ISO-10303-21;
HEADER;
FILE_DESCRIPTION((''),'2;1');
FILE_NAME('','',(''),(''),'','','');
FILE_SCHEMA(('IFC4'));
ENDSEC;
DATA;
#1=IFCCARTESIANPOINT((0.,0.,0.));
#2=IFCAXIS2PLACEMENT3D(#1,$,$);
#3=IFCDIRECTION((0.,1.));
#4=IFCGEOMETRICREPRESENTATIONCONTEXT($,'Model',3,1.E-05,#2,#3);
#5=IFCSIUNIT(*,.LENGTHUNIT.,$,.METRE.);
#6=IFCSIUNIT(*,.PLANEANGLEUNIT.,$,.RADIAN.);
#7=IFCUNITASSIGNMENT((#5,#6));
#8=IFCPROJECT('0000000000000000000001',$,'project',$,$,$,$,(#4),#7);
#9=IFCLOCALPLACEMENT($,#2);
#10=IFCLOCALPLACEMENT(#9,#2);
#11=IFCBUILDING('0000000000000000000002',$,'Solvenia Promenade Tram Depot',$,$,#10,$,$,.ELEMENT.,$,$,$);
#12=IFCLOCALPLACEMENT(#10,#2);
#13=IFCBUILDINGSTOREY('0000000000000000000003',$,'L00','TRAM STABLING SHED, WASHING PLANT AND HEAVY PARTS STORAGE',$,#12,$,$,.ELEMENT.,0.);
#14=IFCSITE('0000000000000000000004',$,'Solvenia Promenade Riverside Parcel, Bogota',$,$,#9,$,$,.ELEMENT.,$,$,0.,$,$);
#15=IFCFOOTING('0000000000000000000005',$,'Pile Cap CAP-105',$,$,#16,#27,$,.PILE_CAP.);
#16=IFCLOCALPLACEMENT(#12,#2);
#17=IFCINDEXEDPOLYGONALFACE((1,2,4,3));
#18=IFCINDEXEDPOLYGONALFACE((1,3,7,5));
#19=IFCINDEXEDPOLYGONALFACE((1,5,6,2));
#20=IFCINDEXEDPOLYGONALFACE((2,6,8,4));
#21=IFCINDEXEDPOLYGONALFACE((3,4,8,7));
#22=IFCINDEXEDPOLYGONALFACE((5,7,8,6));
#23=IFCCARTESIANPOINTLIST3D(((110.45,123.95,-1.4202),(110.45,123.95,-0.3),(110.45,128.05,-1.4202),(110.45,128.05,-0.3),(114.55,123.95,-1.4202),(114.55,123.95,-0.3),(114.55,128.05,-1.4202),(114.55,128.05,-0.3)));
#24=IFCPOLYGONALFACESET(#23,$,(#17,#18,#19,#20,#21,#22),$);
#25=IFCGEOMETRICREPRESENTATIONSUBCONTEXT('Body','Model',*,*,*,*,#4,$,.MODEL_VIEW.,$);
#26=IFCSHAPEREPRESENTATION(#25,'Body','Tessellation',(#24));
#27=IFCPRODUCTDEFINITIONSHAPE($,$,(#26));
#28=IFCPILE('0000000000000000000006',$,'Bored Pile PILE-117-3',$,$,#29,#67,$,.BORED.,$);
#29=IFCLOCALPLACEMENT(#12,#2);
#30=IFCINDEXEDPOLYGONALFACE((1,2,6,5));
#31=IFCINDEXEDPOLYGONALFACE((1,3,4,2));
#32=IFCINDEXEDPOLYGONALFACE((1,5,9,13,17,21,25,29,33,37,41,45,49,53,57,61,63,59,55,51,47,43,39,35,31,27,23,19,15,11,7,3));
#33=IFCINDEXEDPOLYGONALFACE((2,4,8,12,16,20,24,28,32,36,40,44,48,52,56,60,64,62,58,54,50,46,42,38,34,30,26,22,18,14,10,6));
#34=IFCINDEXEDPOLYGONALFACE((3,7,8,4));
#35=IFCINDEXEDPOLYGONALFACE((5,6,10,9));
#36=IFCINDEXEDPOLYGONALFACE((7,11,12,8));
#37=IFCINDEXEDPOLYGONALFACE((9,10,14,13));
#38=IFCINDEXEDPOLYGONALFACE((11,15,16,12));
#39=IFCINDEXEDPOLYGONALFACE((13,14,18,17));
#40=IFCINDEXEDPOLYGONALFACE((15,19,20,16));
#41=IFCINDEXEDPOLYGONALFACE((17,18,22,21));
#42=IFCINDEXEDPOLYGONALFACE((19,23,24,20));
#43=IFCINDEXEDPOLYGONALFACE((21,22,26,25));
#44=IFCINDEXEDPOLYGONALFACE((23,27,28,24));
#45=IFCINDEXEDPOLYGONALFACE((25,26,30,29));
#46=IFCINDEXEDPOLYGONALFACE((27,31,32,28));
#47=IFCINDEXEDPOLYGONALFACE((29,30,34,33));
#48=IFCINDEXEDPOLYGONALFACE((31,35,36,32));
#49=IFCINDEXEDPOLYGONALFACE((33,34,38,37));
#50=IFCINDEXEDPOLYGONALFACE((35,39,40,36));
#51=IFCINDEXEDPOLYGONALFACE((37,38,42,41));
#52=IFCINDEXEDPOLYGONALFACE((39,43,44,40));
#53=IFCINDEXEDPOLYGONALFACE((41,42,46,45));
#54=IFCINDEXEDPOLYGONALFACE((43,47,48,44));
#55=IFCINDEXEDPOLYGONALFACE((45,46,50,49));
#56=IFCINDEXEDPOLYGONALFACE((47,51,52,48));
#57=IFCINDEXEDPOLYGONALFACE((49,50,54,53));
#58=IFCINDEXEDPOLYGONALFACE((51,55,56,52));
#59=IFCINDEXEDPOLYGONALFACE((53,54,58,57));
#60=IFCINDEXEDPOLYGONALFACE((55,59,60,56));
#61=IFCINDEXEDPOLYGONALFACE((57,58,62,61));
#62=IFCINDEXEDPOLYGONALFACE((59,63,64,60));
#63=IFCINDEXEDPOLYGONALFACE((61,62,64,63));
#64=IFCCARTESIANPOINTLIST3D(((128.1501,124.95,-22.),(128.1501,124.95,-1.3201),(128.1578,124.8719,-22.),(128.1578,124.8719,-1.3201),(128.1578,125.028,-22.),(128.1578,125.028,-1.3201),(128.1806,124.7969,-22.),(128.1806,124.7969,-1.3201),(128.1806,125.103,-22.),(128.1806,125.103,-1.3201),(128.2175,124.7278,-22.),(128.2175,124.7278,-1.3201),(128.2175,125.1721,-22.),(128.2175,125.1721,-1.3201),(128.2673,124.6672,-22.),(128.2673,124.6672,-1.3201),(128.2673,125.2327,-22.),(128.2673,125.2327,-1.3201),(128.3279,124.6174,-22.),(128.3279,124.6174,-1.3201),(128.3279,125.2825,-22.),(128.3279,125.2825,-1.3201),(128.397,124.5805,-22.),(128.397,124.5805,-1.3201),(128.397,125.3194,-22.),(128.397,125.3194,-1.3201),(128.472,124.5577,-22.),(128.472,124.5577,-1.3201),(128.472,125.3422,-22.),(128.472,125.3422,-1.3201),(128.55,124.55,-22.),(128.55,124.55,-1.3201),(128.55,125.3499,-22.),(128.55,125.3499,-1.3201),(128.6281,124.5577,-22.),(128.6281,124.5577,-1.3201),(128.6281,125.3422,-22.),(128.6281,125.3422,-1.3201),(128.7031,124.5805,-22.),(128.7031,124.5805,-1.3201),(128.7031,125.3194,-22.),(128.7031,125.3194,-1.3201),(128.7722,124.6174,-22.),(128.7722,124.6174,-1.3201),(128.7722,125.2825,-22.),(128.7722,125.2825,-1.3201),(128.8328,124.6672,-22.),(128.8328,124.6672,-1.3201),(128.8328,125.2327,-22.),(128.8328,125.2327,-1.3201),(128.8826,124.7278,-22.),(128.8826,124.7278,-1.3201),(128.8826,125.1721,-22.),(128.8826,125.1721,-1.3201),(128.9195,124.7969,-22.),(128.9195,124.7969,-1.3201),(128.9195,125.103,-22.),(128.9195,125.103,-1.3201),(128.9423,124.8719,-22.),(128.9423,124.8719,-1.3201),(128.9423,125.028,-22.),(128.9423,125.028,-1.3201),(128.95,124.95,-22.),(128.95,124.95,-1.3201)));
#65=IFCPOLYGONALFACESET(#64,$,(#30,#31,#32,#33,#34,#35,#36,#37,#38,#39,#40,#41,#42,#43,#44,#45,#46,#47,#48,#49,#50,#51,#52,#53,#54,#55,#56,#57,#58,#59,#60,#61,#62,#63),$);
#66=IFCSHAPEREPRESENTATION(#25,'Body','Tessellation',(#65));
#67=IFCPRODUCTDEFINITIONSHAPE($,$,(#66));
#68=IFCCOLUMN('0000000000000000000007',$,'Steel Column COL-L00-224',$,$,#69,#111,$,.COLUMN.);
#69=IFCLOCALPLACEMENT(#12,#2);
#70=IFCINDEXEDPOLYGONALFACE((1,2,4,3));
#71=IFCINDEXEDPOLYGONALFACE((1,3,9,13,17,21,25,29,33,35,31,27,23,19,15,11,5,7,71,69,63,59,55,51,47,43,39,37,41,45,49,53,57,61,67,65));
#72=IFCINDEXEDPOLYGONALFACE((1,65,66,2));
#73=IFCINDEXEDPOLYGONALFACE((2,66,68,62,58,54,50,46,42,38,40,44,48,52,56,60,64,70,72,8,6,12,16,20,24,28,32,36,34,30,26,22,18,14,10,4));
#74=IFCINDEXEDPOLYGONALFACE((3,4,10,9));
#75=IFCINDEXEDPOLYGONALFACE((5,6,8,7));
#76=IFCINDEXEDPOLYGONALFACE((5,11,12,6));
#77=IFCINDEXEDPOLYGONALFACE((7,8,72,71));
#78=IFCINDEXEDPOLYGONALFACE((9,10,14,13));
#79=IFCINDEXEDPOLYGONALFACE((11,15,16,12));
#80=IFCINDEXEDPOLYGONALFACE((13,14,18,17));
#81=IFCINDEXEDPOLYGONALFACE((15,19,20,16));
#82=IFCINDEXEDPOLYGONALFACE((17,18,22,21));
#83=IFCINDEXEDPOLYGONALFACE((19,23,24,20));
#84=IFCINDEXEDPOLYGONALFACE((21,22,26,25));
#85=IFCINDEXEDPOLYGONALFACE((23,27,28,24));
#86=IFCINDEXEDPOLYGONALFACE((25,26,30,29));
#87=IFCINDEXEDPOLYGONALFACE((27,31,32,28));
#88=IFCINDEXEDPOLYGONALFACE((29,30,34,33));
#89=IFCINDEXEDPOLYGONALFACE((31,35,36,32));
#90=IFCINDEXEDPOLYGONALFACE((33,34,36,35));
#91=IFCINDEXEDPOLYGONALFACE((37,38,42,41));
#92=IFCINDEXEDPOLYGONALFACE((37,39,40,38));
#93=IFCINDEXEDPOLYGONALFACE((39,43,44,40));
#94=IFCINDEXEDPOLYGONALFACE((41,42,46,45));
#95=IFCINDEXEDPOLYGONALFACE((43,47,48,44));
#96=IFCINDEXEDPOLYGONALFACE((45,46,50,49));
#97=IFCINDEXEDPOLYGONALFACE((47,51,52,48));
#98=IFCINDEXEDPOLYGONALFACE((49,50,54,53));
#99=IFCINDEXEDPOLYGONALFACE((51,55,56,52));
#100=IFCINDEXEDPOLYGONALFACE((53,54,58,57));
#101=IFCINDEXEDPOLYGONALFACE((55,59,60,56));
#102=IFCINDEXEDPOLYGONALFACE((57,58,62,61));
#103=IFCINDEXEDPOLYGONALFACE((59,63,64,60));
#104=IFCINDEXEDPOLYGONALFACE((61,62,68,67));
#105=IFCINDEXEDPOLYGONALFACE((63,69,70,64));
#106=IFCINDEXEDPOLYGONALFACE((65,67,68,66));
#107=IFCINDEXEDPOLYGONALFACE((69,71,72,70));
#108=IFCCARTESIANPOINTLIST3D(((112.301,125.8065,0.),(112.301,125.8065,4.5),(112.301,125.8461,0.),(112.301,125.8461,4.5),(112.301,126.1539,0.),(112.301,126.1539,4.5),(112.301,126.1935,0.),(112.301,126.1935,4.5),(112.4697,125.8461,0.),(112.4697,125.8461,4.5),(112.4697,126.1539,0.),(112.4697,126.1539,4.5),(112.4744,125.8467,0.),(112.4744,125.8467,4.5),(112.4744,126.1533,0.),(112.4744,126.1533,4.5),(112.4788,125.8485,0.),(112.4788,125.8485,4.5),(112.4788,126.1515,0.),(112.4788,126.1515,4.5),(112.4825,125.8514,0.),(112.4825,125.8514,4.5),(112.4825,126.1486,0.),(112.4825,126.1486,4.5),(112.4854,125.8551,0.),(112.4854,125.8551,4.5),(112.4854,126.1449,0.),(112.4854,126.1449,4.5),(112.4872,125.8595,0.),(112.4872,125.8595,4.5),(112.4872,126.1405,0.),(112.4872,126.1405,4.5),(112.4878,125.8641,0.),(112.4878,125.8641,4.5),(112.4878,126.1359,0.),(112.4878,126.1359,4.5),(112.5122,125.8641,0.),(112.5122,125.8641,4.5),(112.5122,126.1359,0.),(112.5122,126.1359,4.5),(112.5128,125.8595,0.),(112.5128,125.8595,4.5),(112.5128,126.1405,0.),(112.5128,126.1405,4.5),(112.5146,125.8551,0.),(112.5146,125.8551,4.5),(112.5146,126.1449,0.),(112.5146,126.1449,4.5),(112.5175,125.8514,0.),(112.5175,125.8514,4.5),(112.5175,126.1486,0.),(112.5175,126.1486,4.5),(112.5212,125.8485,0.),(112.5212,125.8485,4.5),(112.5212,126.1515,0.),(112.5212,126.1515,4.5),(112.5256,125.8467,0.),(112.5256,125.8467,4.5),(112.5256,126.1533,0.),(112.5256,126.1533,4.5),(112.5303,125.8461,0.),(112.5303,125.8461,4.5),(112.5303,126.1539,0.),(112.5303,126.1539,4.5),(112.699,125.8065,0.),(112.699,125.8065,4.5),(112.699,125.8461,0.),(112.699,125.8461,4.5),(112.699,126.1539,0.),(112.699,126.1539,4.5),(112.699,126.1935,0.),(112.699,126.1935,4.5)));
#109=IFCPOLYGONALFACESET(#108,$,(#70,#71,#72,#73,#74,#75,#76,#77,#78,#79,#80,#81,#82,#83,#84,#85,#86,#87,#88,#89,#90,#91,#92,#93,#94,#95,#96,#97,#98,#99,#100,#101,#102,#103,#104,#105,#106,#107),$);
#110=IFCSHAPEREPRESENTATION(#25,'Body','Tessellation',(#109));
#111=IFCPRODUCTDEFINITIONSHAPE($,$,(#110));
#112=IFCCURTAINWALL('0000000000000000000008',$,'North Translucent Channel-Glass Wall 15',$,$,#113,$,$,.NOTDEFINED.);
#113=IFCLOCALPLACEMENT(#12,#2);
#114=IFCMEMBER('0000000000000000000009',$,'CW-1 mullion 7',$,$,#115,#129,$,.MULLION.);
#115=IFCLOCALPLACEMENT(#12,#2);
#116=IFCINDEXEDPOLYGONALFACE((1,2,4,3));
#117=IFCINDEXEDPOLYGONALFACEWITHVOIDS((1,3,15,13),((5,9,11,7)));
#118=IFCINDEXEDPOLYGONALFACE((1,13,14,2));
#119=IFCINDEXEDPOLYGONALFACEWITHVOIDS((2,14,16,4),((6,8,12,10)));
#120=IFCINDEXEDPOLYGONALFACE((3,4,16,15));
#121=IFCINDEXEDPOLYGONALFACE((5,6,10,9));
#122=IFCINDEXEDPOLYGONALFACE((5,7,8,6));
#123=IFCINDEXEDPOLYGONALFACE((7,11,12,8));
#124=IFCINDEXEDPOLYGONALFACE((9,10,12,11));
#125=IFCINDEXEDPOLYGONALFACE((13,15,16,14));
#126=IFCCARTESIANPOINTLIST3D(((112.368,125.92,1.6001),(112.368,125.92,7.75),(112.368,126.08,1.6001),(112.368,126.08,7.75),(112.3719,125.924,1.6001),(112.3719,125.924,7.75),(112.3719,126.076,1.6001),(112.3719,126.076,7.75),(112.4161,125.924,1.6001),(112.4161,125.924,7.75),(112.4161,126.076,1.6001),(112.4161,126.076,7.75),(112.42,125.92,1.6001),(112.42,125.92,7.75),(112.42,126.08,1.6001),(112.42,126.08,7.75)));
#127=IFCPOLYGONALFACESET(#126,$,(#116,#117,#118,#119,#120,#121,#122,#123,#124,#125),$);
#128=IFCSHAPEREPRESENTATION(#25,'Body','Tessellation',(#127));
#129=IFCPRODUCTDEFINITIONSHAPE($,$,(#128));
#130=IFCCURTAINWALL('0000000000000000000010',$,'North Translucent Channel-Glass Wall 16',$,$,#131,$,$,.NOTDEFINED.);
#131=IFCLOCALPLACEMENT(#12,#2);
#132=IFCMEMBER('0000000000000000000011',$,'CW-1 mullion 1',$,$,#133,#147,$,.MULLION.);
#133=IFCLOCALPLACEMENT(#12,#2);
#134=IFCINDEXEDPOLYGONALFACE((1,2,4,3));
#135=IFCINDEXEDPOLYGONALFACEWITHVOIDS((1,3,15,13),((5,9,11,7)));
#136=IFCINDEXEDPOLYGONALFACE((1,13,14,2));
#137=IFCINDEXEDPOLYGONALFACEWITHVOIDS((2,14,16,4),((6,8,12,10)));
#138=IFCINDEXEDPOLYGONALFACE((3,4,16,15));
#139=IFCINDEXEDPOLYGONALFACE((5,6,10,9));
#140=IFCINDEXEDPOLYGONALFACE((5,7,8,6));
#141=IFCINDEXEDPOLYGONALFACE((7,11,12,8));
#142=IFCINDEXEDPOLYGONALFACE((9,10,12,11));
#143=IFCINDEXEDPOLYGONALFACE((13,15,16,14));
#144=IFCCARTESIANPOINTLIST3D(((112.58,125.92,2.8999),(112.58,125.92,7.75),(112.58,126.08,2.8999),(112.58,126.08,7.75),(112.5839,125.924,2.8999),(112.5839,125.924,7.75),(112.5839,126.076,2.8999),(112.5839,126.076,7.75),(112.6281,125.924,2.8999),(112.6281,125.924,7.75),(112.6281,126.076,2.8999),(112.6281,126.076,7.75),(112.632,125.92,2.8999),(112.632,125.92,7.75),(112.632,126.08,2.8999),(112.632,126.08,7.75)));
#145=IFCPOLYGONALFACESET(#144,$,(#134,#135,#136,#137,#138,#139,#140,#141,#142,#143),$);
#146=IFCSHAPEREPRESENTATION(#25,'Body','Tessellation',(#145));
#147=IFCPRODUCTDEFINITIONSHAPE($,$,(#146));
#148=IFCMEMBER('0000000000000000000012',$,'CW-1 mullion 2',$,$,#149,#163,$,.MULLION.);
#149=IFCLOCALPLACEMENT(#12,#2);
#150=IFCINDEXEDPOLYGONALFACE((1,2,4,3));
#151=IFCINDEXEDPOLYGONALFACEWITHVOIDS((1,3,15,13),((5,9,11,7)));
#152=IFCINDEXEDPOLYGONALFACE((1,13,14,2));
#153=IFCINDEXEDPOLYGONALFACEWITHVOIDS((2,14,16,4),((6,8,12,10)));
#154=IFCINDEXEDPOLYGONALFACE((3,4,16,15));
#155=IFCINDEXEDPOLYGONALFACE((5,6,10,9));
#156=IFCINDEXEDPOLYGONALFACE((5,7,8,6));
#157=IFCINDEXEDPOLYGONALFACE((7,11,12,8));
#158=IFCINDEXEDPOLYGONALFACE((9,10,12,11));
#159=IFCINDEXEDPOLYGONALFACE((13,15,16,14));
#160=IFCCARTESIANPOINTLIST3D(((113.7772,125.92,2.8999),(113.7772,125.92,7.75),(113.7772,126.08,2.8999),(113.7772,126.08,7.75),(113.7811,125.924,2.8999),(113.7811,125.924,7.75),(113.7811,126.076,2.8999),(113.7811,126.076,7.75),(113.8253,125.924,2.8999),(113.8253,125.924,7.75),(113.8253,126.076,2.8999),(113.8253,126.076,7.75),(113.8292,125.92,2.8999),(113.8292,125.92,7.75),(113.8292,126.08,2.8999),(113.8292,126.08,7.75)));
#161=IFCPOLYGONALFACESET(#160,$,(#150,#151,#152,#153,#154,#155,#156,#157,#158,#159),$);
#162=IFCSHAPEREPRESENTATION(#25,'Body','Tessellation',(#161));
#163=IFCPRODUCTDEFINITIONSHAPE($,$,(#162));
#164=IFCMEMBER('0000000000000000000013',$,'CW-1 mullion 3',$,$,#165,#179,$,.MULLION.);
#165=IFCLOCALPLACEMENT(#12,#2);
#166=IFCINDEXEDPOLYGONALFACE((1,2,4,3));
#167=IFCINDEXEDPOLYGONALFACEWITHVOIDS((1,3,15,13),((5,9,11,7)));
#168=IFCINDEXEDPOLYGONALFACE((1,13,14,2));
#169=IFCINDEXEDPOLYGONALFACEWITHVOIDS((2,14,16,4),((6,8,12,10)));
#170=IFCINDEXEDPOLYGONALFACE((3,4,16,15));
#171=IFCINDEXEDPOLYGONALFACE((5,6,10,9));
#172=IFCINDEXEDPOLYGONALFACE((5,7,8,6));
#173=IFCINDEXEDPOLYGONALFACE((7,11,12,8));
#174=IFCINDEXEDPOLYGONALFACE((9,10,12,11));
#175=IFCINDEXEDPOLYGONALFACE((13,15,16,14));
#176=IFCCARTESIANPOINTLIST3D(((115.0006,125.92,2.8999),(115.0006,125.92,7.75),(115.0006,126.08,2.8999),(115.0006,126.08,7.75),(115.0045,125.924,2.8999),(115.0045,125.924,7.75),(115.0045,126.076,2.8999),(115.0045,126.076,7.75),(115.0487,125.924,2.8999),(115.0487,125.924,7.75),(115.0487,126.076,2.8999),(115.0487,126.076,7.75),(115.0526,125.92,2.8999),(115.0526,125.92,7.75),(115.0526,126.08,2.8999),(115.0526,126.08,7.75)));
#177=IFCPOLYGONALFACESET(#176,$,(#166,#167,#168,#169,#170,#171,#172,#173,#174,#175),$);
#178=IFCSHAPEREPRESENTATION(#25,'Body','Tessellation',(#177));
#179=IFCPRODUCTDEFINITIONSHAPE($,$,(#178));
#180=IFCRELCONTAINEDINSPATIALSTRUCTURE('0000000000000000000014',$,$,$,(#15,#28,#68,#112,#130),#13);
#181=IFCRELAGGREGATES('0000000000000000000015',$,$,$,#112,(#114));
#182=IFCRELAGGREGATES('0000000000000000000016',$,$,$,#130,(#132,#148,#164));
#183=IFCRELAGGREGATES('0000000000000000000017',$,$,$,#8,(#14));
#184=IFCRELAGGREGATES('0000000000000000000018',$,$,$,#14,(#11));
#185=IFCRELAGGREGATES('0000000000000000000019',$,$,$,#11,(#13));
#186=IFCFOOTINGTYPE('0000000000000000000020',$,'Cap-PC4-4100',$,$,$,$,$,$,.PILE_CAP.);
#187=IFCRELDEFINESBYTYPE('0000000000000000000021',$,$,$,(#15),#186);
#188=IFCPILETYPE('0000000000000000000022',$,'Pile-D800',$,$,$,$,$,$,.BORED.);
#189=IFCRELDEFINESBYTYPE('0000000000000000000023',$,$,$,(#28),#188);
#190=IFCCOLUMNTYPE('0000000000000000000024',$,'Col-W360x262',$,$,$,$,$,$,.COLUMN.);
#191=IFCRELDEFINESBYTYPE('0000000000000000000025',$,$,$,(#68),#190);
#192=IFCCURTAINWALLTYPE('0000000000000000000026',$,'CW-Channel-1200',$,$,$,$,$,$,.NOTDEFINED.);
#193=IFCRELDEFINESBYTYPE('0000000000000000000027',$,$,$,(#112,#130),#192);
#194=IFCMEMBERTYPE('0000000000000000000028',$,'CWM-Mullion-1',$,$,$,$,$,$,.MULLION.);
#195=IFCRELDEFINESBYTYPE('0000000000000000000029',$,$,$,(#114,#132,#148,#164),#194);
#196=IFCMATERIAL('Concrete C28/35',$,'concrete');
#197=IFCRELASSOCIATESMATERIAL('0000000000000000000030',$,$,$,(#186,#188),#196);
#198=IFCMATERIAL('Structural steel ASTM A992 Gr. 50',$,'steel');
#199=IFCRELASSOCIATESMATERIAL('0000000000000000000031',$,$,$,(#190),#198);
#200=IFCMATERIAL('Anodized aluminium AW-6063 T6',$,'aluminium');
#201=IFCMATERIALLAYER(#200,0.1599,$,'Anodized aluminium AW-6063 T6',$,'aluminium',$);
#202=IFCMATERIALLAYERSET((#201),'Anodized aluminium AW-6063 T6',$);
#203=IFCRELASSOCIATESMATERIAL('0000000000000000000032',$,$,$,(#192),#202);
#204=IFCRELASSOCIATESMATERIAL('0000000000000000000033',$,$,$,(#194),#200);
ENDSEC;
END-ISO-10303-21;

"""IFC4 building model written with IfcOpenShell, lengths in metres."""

from ifc_helpers import new_model, si_unit, direction, frame, origin, origin_2d, place, context, subcontext, project, spatial, rectangle, hollow_rectangle, circle, i_section, extrude, material, layer, layer_set, material_profile, profile_set, type_object, element, aggregate, save


model = new_model("IFC4")

# Units and contexts
model_context = context("Model", 3, precision=1e-05, world=origin(), true_north=direction((0.0, 1.0)))
body_context = subcontext(model_context, "Body", "Model", "MODEL_VIEW")
ifc_project = project(units=[si_unit("LENGTHUNIT", "METRE"), si_unit("PLANEANGLEUNIT", "RADIAN")], contexts=[model_context])

# Site, building, storey
site_placement = place(None, origin())
site = spatial("IfcSite", under=ifc_project, at=site_placement, Name="Solvenia Promenade Riverside Parcel, Bogota", CompositionType="ELEMENT", RefElevation=0.0)
building_placement = place(site_placement, origin())
building = spatial("IfcBuilding", under=site, at=building_placement, Name="Solvenia Promenade Tram Depot", CompositionType="ELEMENT")
storey_placement = place(building_placement, origin())
storey = spatial("IfcBuildingStorey", under=building, at=storey_placement, Name="L00", Description="TRAM STABLING SHED, WASHING PLANT AND HEAVY PARTS STORAGE", CompositionType="ELEMENT", Elevation=0.0)

# Footing
ifc_material_1 = material(Name="Concrete C28/35", Category="concrete")
footing_type = type_object("IfcFootingType", Name="Cap-PC4-4100", PredefinedType="PILE_CAP", material=ifc_material_1)
footing_placement = place(storey_placement, frame((112.5, 126.0, -1.4202), z_axis=(0.0, 0.0, 1.0), x_axis=(1.0, 0.0, 0.0)))
element("IfcFooting", 1, at=footing_placement, inside=storey, type_object=footing_type, Name="Pile Cap CAP-105", PredefinedType="PILE_CAP", context=body_context, shape_type="SweptSolid", body=[
    extrude(rectangle(XDim=4.1001, YDim=4.1001, at=origin_2d()), origin(), (0.0, 0.0, 1.0), 1.1201),
])

# Pile
ifc_material_profile_1 = material_profile(ifc_material_1, circle(Radius=0.3999, at=origin_2d()), Name="D800", Category="concrete")
ifc_profile_set_1 = profile_set([ifc_material_profile_1], Name="Concrete C28/35")
pile_type = type_object("IfcPileType", Name="Pile-D800", PredefinedType="BORED", material=ifc_profile_set_1)
pile_placement = place(storey_placement, frame((128.55, 124.95, -1.3201), z_axis=(0.0, 0.0, -1.0), x_axis=(1.0, 0.0, 0.0)))
element("IfcPile", 2, at=pile_placement, inside=storey, type_object=pile_type, Name="Bored Pile PILE-117-3", PredefinedType="BORED", context=body_context, shape_type="SweptSolid", body=[
    extrude(circle(Radius=0.3999, at=origin_2d()), origin(), (0.0, 0.0, 1.0), 20.6799),
])

# Column
ifc_material_2 = material(Name="Structural steel ASTM A992 Gr. 50", Category="steel")
ifc_material_profile_2 = material_profile(ifc_material_2, i_section(OverallWidth=0.3979, OverallDepth=0.387, WebThickness=0.0244, FlangeThickness=0.0396, FilletRadius=0.0181, at=origin_2d()), Name="W360x262", Category="steel")
ifc_profile_set_2 = profile_set([ifc_material_profile_2], Name="Structural steel ASTM A992 Gr. 50")
column_type = type_object("IfcColumnType", Name="Col-W360x262", PredefinedType="COLUMN", material=ifc_profile_set_2)
column_placement = place(storey_placement, frame((112.5, 126.0, 0.0), z_axis=(0.0, 0.0, 1.0), x_axis=(1.0, 0.0, 0.0)))
element("IfcColumn", 3, at=column_placement, inside=storey, type_object=column_type, Name="Steel Column COL-L00-224", PredefinedType="COLUMN", context=body_context, shape_type="SweptSolid", body=[
    extrude(i_section(OverallWidth=0.3979, OverallDepth=0.387, WebThickness=0.0244, FlangeThickness=0.0396, FilletRadius=0.0181, at=origin_2d()), origin(), (0.0, 0.0, 1.0), 4.5),
])

# Curtain wall, member
ifc_material_3 = material(Name="Anodized aluminium AW-6063 T6", Category="aluminium")
ifc_layer_1 = layer(ifc_material_3, 0.1599, Name="Anodized aluminium AW-6063 T6", Category="aluminium")
ifc_layer_set_1 = layer_set([ifc_layer_1], Name="Anodized aluminium AW-6063 T6")
curtain_wall_type = type_object("IfcCurtainWallType", Name="CW-Channel-1200", PredefinedType="NOTDEFINED", material=ifc_layer_set_1)
curtain_wall_1_placement = place(storey_placement, origin())
curtain_wall_1 = element("IfcCurtainWall", 4, at=curtain_wall_1_placement, inside=storey, type_object=curtain_wall_type, Name="North Translucent Channel-Glass Wall 15", PredefinedType="NOTDEFINED")
ifc_material_profile_3 = material_profile(ifc_material_3, hollow_rectangle(XDim=0.1599, YDim=0.052, WallThickness=0.0039, at=origin_2d()), Name="ALU-M1", Category="aluminium")
ifc_profile_set_3 = profile_set([ifc_material_profile_3], Name="Anodized aluminium AW-6063 T6")
member_type_1 = type_object("IfcMemberType", Name="CWM-Mullion-1", PredefinedType="MULLION", material=ifc_profile_set_3)
member_1_placement = place(storey_placement, frame((112.394, 126.0, 1.6001), z_axis=(0.0, 0.0, 1.0), x_axis=(0.0, 1.0, 0.0)))
member_1 = element("IfcMember", 5, at=member_1_placement, type_object=member_type_1, Name="CW-1 mullion 7", PredefinedType="MULLION", context=body_context, shape_type="SweptSolid", body=[
    extrude(hollow_rectangle(XDim=0.1599, YDim=0.052, WallThickness=0.0039, at=origin_2d()), origin(), (0.0, 0.0, 1.0), 6.1499),
])

# Curtain wall, members
curtain_wall_2_placement = place(storey_placement, origin())
curtain_wall_2 = element("IfcCurtainWall", 6, at=curtain_wall_2_placement, inside=storey, type_object=curtain_wall_type, Name="North Translucent Channel-Glass Wall 16", PredefinedType="NOTDEFINED")
member_2_placement = place(storey_placement, frame((112.606, 126.0, 2.8999), z_axis=(0.0, 0.0, 1.0), x_axis=(0.0, 1.0, 0.0)))
member_2 = element("IfcMember", 7, at=member_2_placement, type_object=member_type_1, Name="CW-1 mullion 1", PredefinedType="MULLION", context=body_context, shape_type="SweptSolid", body=[
    extrude(hollow_rectangle(XDim=0.1599, YDim=0.052, WallThickness=0.0039, at=origin_2d()), origin(), (0.0, 0.0, 1.0), 4.8501),
])
member_3_placement = place(storey_placement, frame((113.8032, 126.0, 2.8999), z_axis=(0.0, 0.0, 1.0), x_axis=(0.0, 1.0, 0.0)))
member_3 = element("IfcMember", 8, at=member_3_placement, type_object=member_type_1, Name="CW-1 mullion 2", PredefinedType="MULLION", context=body_context, shape_type="SweptSolid", body=[
    extrude(hollow_rectangle(XDim=0.1599, YDim=0.052, WallThickness=0.0039, at=origin_2d()), origin(), (0.0, 0.0, 1.0), 4.8501),
])
member_4_placement = place(storey_placement, frame((115.0266, 126.0, 2.8999), z_axis=(0.0, 0.0, 1.0), x_axis=(0.0, 1.0, 0.0)))
member_4 = element("IfcMember", 9, at=member_4_placement, type_object=member_type_1, Name="CW-1 mullion 3", PredefinedType="MULLION", context=body_context, shape_type="SweptSolid", body=[
    extrude(hollow_rectangle(XDim=0.1599, YDim=0.052, WallThickness=0.0039, at=origin_2d()), origin(), (0.0, 0.0, 1.0), 4.8501),
])

aggregate(curtain_wall_1, [member_1])
aggregate(curtain_wall_2, [member_2, member_3, member_4])

save(model, "model.ifc")
